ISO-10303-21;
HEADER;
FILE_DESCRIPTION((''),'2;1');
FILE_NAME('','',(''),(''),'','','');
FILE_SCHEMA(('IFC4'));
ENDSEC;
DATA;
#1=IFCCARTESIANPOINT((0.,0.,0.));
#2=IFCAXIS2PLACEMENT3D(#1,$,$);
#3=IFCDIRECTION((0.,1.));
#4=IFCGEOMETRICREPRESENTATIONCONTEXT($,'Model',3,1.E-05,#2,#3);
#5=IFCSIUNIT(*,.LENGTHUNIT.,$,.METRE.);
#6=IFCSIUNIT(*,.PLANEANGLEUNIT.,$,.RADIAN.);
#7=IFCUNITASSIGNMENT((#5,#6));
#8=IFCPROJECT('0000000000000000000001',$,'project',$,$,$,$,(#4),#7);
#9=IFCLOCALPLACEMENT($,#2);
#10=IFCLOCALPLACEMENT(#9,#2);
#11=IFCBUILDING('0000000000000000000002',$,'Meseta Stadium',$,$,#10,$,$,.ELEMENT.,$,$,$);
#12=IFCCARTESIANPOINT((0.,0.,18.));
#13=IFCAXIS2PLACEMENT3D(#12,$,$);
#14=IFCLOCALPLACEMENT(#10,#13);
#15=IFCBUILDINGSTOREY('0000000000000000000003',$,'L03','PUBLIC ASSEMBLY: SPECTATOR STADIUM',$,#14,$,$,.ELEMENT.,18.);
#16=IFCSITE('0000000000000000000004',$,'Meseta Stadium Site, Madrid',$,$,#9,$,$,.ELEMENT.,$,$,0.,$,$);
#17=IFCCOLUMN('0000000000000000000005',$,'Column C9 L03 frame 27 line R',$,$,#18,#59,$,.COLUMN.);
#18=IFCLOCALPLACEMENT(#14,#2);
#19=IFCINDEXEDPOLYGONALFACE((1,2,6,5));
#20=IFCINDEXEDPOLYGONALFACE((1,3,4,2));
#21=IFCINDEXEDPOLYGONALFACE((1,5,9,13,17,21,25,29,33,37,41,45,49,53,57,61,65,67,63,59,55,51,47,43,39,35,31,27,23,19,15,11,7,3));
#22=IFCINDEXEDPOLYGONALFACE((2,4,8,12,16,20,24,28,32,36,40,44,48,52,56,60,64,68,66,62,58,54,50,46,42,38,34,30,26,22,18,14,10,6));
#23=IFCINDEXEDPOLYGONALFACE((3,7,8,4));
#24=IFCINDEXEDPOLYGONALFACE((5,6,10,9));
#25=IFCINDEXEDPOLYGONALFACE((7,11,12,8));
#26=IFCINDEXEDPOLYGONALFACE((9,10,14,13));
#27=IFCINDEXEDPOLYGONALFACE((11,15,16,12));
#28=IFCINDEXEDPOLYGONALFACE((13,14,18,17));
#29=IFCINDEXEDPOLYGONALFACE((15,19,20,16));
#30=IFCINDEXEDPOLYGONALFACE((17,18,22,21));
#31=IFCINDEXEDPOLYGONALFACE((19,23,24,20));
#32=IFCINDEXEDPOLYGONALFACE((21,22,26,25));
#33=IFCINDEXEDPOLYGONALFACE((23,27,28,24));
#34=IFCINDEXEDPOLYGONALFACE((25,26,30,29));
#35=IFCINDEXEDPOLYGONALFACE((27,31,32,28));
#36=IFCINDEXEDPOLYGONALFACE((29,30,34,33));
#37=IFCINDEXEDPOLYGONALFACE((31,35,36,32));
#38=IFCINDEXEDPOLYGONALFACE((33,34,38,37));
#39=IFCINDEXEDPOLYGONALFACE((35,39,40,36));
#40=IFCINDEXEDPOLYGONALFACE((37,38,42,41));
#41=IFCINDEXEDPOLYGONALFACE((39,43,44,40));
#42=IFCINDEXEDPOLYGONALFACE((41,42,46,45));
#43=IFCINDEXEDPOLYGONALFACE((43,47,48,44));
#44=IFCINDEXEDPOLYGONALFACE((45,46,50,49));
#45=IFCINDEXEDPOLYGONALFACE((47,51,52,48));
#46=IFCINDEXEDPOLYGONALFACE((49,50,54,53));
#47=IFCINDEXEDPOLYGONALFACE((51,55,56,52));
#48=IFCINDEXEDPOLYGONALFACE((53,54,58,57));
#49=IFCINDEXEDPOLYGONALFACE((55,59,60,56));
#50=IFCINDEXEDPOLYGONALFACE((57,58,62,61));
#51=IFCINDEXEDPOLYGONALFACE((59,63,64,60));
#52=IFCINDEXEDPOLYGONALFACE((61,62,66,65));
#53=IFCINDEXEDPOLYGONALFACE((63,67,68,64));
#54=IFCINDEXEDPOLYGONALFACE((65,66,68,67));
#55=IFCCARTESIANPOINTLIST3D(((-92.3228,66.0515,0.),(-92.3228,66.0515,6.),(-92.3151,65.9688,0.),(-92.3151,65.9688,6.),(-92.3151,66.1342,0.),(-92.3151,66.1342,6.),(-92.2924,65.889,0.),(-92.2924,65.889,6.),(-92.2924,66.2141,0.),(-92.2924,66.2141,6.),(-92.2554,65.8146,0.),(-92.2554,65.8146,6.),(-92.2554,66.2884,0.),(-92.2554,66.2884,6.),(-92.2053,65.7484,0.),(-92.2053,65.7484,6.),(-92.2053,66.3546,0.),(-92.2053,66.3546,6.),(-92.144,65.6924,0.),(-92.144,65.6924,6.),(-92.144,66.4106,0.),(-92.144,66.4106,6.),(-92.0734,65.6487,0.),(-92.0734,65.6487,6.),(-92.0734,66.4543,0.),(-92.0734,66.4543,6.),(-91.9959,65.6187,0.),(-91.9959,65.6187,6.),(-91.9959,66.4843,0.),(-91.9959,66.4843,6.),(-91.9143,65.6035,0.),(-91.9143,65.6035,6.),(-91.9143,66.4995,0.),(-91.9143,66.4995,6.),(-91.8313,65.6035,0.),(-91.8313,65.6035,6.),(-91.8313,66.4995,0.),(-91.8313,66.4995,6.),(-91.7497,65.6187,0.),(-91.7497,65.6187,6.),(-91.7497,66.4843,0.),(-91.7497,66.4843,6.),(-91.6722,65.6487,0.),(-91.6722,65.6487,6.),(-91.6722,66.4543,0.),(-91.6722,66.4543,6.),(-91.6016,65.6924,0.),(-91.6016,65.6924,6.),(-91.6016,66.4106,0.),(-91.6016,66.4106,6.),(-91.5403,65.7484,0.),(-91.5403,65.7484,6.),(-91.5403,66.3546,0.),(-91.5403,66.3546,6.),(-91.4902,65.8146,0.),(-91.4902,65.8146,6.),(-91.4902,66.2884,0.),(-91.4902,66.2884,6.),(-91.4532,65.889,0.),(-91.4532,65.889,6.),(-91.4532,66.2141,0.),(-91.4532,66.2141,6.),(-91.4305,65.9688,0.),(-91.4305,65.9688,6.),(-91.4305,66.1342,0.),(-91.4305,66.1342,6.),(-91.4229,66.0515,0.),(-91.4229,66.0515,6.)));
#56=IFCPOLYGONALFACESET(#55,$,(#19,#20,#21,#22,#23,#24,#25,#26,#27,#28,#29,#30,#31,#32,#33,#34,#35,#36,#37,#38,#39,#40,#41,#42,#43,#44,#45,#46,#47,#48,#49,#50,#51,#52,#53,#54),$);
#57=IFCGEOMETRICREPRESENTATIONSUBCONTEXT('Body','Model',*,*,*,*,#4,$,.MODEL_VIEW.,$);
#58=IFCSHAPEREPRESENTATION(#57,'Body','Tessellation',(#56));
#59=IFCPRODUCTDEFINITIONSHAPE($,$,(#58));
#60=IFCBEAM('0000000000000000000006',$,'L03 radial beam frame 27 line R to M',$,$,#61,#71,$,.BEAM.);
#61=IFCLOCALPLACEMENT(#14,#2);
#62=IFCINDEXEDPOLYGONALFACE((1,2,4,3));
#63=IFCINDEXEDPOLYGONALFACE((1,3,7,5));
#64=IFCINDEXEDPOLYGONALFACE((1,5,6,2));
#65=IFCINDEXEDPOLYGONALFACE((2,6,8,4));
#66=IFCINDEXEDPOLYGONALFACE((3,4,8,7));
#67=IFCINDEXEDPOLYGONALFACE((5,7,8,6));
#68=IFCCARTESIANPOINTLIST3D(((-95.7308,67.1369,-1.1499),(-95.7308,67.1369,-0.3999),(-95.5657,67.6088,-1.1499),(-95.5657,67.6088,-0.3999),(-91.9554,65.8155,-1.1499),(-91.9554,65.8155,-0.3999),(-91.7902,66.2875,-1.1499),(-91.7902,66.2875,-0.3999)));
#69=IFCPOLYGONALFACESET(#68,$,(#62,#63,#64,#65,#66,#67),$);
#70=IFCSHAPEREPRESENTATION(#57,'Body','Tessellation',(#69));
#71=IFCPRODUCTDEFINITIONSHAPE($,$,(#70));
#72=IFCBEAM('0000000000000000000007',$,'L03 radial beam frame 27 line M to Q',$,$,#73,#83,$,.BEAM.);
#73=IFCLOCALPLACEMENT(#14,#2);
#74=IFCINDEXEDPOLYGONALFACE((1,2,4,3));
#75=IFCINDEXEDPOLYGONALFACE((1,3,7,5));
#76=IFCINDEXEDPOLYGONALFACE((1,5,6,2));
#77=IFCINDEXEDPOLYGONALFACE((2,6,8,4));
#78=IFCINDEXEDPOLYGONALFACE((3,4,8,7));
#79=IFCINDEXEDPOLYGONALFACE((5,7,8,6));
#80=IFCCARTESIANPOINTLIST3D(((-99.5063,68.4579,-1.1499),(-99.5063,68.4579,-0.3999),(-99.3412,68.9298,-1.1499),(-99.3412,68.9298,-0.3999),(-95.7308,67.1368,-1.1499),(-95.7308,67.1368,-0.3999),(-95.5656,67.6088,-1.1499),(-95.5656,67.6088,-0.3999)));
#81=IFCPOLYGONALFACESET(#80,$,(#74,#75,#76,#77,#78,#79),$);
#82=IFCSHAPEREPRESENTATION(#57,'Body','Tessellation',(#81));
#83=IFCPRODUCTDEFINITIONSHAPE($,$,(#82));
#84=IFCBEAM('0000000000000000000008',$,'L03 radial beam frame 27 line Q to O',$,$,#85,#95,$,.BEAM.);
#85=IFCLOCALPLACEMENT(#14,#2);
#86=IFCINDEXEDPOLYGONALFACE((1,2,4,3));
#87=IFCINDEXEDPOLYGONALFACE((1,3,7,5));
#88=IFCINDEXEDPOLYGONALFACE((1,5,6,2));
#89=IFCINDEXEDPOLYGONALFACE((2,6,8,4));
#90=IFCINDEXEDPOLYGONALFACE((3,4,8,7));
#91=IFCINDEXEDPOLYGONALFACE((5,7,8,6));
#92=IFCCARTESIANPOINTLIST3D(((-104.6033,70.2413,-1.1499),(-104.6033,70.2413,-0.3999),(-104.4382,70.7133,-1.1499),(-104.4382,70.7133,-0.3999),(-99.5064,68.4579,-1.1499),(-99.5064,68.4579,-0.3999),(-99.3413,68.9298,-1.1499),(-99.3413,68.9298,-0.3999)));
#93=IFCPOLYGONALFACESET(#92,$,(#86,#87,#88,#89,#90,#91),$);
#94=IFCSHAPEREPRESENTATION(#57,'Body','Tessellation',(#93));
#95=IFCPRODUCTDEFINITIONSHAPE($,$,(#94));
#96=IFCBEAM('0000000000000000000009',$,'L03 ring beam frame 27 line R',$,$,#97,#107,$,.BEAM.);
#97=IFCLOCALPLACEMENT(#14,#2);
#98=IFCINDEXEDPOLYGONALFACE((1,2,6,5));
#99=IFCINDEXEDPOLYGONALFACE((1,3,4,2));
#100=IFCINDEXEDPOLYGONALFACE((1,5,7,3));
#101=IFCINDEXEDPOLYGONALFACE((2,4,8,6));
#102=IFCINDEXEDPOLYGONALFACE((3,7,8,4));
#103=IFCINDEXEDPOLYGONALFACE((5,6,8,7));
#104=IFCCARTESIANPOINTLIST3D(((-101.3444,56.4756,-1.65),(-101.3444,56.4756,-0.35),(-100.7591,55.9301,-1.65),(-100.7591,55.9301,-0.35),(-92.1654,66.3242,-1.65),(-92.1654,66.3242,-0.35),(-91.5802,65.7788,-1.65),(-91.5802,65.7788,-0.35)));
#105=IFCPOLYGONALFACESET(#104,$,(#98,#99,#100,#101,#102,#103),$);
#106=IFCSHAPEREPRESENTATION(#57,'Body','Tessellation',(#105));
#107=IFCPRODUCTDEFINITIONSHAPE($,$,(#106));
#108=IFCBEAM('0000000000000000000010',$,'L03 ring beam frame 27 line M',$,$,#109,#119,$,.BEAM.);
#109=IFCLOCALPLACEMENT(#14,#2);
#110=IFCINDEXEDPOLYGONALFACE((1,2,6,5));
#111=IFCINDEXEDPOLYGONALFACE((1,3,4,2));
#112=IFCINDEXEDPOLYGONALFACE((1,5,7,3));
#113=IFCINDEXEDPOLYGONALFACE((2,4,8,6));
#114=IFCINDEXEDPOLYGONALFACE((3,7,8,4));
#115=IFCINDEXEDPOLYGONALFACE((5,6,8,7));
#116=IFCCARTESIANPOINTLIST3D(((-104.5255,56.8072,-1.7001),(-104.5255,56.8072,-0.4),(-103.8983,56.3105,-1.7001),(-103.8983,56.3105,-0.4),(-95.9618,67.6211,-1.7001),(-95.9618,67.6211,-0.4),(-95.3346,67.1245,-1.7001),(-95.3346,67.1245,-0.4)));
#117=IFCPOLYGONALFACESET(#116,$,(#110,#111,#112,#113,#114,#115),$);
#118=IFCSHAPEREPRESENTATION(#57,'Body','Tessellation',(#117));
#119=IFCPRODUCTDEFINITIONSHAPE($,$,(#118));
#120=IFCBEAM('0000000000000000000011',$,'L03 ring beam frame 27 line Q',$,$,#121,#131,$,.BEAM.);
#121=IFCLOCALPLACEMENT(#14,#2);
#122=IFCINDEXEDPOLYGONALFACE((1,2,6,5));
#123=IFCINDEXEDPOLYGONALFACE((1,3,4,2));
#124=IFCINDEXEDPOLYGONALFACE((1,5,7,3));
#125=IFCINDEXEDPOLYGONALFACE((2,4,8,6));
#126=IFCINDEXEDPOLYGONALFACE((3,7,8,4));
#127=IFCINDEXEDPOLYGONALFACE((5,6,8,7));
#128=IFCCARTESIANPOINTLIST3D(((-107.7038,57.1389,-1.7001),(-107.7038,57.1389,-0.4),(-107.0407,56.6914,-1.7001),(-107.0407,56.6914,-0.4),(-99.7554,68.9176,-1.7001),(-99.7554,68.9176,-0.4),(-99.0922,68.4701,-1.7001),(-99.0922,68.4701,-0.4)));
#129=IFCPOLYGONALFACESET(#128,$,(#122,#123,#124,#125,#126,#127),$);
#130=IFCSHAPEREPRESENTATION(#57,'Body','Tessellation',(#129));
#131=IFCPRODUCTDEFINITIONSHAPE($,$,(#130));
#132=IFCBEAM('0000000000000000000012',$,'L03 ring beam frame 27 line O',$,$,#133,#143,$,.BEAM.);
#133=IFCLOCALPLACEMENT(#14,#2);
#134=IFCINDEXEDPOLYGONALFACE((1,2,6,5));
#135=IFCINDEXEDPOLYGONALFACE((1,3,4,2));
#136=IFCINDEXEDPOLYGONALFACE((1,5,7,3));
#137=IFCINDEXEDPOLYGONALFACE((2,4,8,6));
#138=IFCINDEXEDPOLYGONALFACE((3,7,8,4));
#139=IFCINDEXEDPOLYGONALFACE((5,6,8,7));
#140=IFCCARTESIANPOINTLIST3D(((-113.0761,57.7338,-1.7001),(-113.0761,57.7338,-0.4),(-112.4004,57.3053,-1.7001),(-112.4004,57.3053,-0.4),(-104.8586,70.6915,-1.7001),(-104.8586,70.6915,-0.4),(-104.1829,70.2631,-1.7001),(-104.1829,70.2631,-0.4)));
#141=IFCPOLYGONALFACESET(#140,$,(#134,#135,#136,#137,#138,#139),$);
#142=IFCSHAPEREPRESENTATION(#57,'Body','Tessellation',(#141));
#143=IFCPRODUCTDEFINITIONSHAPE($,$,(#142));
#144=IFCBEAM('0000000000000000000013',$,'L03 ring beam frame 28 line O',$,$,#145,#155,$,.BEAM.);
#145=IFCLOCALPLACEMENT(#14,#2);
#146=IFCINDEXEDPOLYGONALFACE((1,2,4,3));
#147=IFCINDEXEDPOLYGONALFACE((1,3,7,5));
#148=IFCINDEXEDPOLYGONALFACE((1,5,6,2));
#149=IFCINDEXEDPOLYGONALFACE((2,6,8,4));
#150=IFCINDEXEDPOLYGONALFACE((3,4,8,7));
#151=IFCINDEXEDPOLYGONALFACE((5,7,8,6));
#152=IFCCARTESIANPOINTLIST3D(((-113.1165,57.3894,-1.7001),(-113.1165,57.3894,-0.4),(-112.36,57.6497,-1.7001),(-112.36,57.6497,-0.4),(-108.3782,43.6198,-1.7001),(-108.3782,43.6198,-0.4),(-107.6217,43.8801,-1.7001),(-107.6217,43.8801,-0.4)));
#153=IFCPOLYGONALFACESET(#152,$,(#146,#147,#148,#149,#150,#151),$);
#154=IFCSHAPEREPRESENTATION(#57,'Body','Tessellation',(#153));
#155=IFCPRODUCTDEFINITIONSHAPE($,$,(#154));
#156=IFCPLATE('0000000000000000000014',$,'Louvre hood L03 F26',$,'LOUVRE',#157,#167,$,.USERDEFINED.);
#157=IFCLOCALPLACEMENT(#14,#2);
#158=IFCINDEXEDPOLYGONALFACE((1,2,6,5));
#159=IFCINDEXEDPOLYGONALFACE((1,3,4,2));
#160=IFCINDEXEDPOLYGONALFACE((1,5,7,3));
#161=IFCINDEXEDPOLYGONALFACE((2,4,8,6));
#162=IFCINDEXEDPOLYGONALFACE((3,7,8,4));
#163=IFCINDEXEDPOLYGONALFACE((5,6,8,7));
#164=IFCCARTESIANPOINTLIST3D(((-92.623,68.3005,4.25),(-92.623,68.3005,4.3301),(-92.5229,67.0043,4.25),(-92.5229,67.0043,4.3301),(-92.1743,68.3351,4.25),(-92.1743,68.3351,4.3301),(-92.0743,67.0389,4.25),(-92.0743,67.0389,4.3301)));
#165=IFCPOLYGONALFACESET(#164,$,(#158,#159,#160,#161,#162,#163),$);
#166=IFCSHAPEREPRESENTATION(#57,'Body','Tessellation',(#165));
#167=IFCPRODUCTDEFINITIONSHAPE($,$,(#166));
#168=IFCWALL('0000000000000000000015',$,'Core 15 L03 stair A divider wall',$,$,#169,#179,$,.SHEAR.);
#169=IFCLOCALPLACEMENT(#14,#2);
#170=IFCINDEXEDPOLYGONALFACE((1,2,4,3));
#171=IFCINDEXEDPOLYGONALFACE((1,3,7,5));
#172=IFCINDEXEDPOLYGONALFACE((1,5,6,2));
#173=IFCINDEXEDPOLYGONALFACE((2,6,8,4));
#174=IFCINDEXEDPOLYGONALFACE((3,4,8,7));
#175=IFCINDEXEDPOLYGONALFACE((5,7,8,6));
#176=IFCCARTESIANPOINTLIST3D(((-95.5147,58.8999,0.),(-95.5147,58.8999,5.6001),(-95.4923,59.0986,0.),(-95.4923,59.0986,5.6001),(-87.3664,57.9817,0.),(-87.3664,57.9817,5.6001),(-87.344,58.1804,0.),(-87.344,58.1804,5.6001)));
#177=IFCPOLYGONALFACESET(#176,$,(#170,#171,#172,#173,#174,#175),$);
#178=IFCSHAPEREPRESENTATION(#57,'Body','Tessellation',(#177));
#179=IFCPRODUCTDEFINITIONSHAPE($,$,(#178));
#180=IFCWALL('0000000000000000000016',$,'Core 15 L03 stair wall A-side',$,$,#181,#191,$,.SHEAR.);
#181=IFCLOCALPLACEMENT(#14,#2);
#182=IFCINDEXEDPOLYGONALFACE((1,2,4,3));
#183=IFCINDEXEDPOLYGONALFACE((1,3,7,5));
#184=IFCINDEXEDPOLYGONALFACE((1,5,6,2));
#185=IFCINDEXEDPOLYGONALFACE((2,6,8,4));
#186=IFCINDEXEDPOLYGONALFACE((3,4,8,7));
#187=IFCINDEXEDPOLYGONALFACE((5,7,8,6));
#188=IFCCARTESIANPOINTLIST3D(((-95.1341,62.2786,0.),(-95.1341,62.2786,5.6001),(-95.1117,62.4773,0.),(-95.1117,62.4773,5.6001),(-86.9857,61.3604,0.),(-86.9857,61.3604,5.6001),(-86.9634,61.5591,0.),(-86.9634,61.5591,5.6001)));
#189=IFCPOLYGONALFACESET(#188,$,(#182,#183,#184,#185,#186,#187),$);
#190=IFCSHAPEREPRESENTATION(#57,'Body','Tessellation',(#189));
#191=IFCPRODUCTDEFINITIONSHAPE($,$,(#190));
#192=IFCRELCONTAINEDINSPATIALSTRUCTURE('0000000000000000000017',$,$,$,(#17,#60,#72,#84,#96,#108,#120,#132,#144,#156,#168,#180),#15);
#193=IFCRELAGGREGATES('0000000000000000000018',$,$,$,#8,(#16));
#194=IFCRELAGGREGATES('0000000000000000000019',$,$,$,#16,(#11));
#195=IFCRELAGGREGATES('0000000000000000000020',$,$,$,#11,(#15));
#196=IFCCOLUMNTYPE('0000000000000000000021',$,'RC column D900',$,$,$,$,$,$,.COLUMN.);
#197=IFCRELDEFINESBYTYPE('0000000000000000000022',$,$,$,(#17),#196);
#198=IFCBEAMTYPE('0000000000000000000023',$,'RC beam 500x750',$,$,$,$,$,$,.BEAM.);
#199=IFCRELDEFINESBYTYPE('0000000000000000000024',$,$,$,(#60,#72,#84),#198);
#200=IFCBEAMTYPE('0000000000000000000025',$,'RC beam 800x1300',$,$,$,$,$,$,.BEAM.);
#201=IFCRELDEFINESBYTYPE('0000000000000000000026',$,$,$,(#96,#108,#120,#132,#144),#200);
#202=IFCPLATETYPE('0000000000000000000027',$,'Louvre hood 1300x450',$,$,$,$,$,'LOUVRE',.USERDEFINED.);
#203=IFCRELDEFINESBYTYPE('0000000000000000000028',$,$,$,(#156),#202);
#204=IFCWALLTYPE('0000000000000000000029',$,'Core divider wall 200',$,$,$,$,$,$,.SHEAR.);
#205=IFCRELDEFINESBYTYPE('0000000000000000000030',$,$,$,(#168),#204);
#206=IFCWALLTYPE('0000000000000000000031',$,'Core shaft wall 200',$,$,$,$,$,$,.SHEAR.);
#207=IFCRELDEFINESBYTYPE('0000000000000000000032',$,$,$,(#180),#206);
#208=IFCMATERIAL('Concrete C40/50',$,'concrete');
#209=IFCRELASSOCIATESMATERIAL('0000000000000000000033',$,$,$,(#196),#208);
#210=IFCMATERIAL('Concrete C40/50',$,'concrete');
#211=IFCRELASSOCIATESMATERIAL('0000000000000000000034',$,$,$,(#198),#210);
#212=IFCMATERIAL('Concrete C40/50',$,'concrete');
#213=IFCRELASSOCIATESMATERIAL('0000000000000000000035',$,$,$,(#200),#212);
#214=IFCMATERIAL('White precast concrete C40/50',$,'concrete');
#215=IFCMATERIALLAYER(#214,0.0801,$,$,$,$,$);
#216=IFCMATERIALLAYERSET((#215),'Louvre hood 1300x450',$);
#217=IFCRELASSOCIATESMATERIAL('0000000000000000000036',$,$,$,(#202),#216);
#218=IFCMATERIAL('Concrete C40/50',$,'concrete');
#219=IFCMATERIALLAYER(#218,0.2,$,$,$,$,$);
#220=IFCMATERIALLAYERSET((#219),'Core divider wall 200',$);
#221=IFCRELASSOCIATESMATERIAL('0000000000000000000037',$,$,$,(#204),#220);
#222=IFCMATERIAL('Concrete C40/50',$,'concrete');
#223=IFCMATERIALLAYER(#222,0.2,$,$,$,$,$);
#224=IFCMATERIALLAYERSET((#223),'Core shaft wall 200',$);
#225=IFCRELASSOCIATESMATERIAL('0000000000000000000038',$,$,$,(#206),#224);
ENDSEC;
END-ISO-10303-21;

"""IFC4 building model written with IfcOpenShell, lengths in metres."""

from ifc_helpers import new_model, si_unit, direction, frame, frame_2d, origin, origin_2d, place, context, subcontext, project, spatial, rectangle, circle, extrude, material, layer, layer_set, material_profile, profile_set, type_object, element, save


model = new_model("IFC4")

# Units and contexts
model_context = context("Model", 3, precision=1e-05, world=origin(), true_north=direction((0.0, 1.0)))
body_context = subcontext(model_context, "Body", "Model", "MODEL_VIEW")
ifc_project = project(units=[si_unit("LENGTHUNIT", "METRE"), si_unit("PLANEANGLEUNIT", "RADIAN")], contexts=[model_context])

# Site, building, storey
site_placement = place(None, origin())
site = spatial("IfcSite", under=ifc_project, at=site_placement, Name="Meseta Stadium Site, Madrid", CompositionType="ELEMENT", RefElevation=0.0)
building_placement = place(site_placement, origin())
building = spatial("IfcBuilding", under=site, at=building_placement, Name="Meseta Stadium", CompositionType="ELEMENT")
storey_placement = place(building_placement, frame((0.0, 0.0, 18.0)))
storey = spatial("IfcBuildingStorey", under=building, at=storey_placement, Name="L03", Description="PUBLIC ASSEMBLY: SPECTATOR STADIUM", CompositionType="ELEMENT", Elevation=18.0)

# Column
ifc_material_1 = material(Name="Concrete C40/50", Category="concrete")
ifc_material_profile_1 = material_profile(ifc_material_1, circle(Radius=0.45, at=origin_2d()), Name="RC D900")
ifc_profile_set_1 = profile_set([ifc_material_profile_1], Name="Concrete C40/50")
column_type = type_object("IfcColumnType", Name="RC column D900", PredefinedType="COLUMN", material=ifc_profile_set_1)
column_placement = place(storey_placement, frame((-91.8728, 66.0515, 0.0), z_axis=(0.0, 0.0, 1.0), x_axis=(1.0, 0.0, 0.0)))
element("IfcColumn", 1, at=column_placement, inside=storey, type_object=column_type, Name="Column C9 L03 frame 27 line R", PredefinedType="COLUMN", context=body_context, shape_type="SweptSolid", body=[
    extrude(circle(Radius=0.45, at=origin_2d()), origin(), (0.0, 0.0, 1.0), 6.0),
])

# Beams
ifc_material_2 = material(Name="Concrete C40/50", Category="concrete")
ifc_material_profile_2 = material_profile(ifc_material_2, rectangle(XDim=0.5, YDim=0.75, at=origin_2d()), Name="RC 500x750")
ifc_profile_set_2 = profile_set([ifc_material_profile_2], Name="Concrete C40/50")
beam_type_1 = type_object("IfcBeamType", Name="RC beam 500x750", PredefinedType="BEAM", material=ifc_profile_set_2)
for number, where, z_axis, x_axis, name in (
    (2, (-91.8728, 66.0515, -0.7749), (-0.943866, 0.330329, 0.0), (-0.330329, -0.943866, 0.0), "L03 radial beam frame 27 line R to M"),
    (3, (-95.6482, 67.3728, -0.7749), (-0.943892, 0.330255, 0.0), (-0.330255, -0.943892, 0.0), "L03 radial beam frame 27 line M to Q"),
):
    element("IfcBeam", number, at=place(storey_placement, frame(where, z_axis=z_axis, x_axis=x_axis)), inside=storey, type_object=beam_type_1, Name=name, PredefinedType="BEAM", context=body_context, shape_type="SweptSolid", body=[
        extrude(rectangle(XDim=0.5, YDim=0.75, at=origin_2d()), origin(), (0.0, 0.0, 1.0), 4.0),
    ])
beam_1_placement = place(storey_placement, frame((-99.4238, 68.6938, -0.7749), z_axis=(-0.943886, 0.330272, 0.0), x_axis=(-0.330272, -0.943886, 0.0)))
element("IfcBeam", 4, at=beam_1_placement, inside=storey, type_object=beam_type_1, Name="L03 radial beam frame 27 line Q to O", PredefinedType="BEAM", context=body_context, shape_type="SweptSolid", body=[
    extrude(rectangle(XDim=0.5, YDim=0.75, at=origin_2d()), origin(), (0.0, 0.0, 1.0), 5.3999),
])
ifc_material_3 = material(Name="Concrete C40/50", Category="concrete")
ifc_material_profile_3 = material_profile(ifc_material_3, rectangle(XDim=0.8, YDim=1.3, at=origin_2d()), Name="RC 800x1300")
ifc_profile_set_3 = profile_set([ifc_material_profile_3], Name="Concrete C40/50")
beam_type_2 = type_object("IfcBeamType", Name="RC beam 800x1300", PredefinedType="BEAM", material=ifc_profile_set_3)
beam_2_placement = place(storey_placement, frame((-91.8728, 66.0515, -1.0), z_axis=(-0.681798, -0.731541, 0.0), x_axis=(0.731541, -0.681798, 0.0)))
element("IfcBeam", 5, at=beam_2_placement, inside=storey, type_object=beam_type_2, Name="L03 ring beam frame 27 line R", PredefinedType="BEAM", context=body_context, shape_type="SweptSolid", body=[
    extrude(rectangle(XDim=0.8, YDim=1.3, at=origin_2d()), origin(), (0.0, 0.0, 1.0), 13.4629),
])
beam_3_placement = place(storey_placement, frame((-95.6482, 67.3728, -1.05), z_axis=(-0.620822, -0.783952, 0.0), x_axis=(0.783952, -0.620822, 0.0)))
element("IfcBeam", 6, at=beam_3_placement, inside=storey, type_object=beam_type_2, Name="L03 ring beam frame 27 line M", PredefinedType="BEAM", context=body_context, shape_type="SweptSolid", body=[
    extrude(rectangle(XDim=0.8, YDim=1.3, at=origin_2d()), origin(), (0.0, 0.0, 1.0), 13.7942),
])
beam_4_placement = place(storey_placement, frame((-99.4238, 68.6938, -1.05), z_axis=(-0.559366, -0.828921, 0.0), x_axis=(0.828921, -0.559366, 0.0)))
element("IfcBeam", 7, at=beam_4_placement, inside=storey, type_object=beam_type_2, Name="L03 ring beam frame 27 line Q", PredefinedType="BEAM", context=body_context, shape_type="SweptSolid", body=[
    extrude(rectangle(XDim=0.8, YDim=1.3, at=origin_2d()), origin(), (0.0, 0.0, 1.0), 14.2097),
])
beam_5_placement = place(storey_placement, frame((-104.5208, 70.4773, -1.05), z_axis=(-0.535561, -0.844496, 0.0), x_axis=(0.844496, -0.535561, 0.0)))
element("IfcBeam", 8, at=beam_5_placement, inside=storey, type_object=beam_type_2, Name="L03 ring beam frame 27 line O", PredefinedType="BEAM", context=body_context, shape_type="SweptSolid", body=[
    extrude(rectangle(XDim=0.8, YDim=1.3, at=origin_2d()), origin(), (0.0, 0.0, 1.0), 15.3438),
])
beam_6_placement = place(storey_placement, frame((-112.7383, 57.5195, -1.05), z_axis=(0.325387, -0.945581, 0.0), x_axis=(0.945581, 0.325387, 0.0)))
element("IfcBeam", 9, at=beam_6_placement, inside=storey, type_object=beam_type_2, Name="L03 ring beam frame 28 line O", PredefinedType="BEAM", context=body_context, shape_type="SweptSolid", body=[
    extrude(rectangle(XDim=0.8, YDim=1.3, at=origin_2d()), origin(), (0.0, 0.0, 1.0), 14.562),
])

# Plate
ifc_material_4 = material(Name="White precast concrete C40/50", Category="concrete")
ifc_layer_1 = layer(ifc_material_4, 0.0801)
ifc_layer_set_1 = layer_set([ifc_layer_1], Name="Louvre hood 1300x450")
plate_type = type_object("IfcPlateType", Name="Louvre hood 1300x450", ElementType="LOUVRE", PredefinedType="USERDEFINED", material=ifc_layer_set_1)
plate_placement = place(storey_placement, frame((-92.3486, 67.6697, 4.25), z_axis=(0.0, 0.0, 1.0), x_axis=(0.076937, -0.997036, 0.0)))
element("IfcPlate", 10, at=plate_placement, inside=storey, type_object=plate_type, Name="Louvre hood L03 F26", ObjectType="LOUVRE", PredefinedType="USERDEFINED", context=body_context, shape_type="SweptSolid", body=[
    extrude(rectangle(XDim=1.3, YDim=0.45, at=origin_2d()), origin(), (0.0, 0.0, 1.0), 0.0801),
])

# Walls
ifc_material_5 = material(Name="Concrete C40/50", Category="concrete")
ifc_layer_2 = layer(ifc_material_5, 0.2)
ifc_layer_set_2 = layer_set([ifc_layer_2], Name="Core divider wall 200")
wall_type_1 = type_object("IfcWallType", Name="Core divider wall 200", PredefinedType="SHEAR", material=ifc_layer_set_2)
wall_1_placement = place(storey_placement, frame((-95.5037, 58.9993, 0.0), z_axis=(0.0, 0.0, 1.0), x_axis=(0.993711, -0.111977, 0.0)))
element("IfcWall", 11, at=wall_1_placement, inside=storey, type_object=wall_type_1, Name="Core 15 L03 stair A divider wall", PredefinedType="SHEAR", context=body_context, shape_type="SweptSolid", body=[
    extrude(rectangle(XDim=8.2, YDim=0.2, at=frame_2d((4.1001, 0.0))), origin(), (0.0, 0.0, 1.0), 5.6001),
])
ifc_material_6 = material(Name="Concrete C40/50", Category="concrete")
ifc_layer_3 = layer(ifc_material_6, 0.2)
ifc_layer_set_3 = layer_set([ifc_layer_3], Name="Core shaft wall 200")
wall_type_2 = type_object("IfcWallType", Name="Core shaft wall 200", PredefinedType="SHEAR", material=ifc_layer_set_3)
wall_2_placement = place(storey_placement, frame((-95.123, 62.3779, 0.0), z_axis=(0.0, 0.0, 1.0), x_axis=(0.993711, -0.111977, 0.0)))
element("IfcWall", 12, at=wall_2_placement, inside=storey, type_object=wall_type_2, Name="Core 15 L03 stair wall A-side", PredefinedType="SHEAR", context=body_context, shape_type="SweptSolid", body=[
    extrude(rectangle(XDim=8.2, YDim=0.2, at=frame_2d((4.1001, 0.0))), origin(), (0.0, 0.0, 1.0), 5.6001),
])

save(model, "model.ifc")
